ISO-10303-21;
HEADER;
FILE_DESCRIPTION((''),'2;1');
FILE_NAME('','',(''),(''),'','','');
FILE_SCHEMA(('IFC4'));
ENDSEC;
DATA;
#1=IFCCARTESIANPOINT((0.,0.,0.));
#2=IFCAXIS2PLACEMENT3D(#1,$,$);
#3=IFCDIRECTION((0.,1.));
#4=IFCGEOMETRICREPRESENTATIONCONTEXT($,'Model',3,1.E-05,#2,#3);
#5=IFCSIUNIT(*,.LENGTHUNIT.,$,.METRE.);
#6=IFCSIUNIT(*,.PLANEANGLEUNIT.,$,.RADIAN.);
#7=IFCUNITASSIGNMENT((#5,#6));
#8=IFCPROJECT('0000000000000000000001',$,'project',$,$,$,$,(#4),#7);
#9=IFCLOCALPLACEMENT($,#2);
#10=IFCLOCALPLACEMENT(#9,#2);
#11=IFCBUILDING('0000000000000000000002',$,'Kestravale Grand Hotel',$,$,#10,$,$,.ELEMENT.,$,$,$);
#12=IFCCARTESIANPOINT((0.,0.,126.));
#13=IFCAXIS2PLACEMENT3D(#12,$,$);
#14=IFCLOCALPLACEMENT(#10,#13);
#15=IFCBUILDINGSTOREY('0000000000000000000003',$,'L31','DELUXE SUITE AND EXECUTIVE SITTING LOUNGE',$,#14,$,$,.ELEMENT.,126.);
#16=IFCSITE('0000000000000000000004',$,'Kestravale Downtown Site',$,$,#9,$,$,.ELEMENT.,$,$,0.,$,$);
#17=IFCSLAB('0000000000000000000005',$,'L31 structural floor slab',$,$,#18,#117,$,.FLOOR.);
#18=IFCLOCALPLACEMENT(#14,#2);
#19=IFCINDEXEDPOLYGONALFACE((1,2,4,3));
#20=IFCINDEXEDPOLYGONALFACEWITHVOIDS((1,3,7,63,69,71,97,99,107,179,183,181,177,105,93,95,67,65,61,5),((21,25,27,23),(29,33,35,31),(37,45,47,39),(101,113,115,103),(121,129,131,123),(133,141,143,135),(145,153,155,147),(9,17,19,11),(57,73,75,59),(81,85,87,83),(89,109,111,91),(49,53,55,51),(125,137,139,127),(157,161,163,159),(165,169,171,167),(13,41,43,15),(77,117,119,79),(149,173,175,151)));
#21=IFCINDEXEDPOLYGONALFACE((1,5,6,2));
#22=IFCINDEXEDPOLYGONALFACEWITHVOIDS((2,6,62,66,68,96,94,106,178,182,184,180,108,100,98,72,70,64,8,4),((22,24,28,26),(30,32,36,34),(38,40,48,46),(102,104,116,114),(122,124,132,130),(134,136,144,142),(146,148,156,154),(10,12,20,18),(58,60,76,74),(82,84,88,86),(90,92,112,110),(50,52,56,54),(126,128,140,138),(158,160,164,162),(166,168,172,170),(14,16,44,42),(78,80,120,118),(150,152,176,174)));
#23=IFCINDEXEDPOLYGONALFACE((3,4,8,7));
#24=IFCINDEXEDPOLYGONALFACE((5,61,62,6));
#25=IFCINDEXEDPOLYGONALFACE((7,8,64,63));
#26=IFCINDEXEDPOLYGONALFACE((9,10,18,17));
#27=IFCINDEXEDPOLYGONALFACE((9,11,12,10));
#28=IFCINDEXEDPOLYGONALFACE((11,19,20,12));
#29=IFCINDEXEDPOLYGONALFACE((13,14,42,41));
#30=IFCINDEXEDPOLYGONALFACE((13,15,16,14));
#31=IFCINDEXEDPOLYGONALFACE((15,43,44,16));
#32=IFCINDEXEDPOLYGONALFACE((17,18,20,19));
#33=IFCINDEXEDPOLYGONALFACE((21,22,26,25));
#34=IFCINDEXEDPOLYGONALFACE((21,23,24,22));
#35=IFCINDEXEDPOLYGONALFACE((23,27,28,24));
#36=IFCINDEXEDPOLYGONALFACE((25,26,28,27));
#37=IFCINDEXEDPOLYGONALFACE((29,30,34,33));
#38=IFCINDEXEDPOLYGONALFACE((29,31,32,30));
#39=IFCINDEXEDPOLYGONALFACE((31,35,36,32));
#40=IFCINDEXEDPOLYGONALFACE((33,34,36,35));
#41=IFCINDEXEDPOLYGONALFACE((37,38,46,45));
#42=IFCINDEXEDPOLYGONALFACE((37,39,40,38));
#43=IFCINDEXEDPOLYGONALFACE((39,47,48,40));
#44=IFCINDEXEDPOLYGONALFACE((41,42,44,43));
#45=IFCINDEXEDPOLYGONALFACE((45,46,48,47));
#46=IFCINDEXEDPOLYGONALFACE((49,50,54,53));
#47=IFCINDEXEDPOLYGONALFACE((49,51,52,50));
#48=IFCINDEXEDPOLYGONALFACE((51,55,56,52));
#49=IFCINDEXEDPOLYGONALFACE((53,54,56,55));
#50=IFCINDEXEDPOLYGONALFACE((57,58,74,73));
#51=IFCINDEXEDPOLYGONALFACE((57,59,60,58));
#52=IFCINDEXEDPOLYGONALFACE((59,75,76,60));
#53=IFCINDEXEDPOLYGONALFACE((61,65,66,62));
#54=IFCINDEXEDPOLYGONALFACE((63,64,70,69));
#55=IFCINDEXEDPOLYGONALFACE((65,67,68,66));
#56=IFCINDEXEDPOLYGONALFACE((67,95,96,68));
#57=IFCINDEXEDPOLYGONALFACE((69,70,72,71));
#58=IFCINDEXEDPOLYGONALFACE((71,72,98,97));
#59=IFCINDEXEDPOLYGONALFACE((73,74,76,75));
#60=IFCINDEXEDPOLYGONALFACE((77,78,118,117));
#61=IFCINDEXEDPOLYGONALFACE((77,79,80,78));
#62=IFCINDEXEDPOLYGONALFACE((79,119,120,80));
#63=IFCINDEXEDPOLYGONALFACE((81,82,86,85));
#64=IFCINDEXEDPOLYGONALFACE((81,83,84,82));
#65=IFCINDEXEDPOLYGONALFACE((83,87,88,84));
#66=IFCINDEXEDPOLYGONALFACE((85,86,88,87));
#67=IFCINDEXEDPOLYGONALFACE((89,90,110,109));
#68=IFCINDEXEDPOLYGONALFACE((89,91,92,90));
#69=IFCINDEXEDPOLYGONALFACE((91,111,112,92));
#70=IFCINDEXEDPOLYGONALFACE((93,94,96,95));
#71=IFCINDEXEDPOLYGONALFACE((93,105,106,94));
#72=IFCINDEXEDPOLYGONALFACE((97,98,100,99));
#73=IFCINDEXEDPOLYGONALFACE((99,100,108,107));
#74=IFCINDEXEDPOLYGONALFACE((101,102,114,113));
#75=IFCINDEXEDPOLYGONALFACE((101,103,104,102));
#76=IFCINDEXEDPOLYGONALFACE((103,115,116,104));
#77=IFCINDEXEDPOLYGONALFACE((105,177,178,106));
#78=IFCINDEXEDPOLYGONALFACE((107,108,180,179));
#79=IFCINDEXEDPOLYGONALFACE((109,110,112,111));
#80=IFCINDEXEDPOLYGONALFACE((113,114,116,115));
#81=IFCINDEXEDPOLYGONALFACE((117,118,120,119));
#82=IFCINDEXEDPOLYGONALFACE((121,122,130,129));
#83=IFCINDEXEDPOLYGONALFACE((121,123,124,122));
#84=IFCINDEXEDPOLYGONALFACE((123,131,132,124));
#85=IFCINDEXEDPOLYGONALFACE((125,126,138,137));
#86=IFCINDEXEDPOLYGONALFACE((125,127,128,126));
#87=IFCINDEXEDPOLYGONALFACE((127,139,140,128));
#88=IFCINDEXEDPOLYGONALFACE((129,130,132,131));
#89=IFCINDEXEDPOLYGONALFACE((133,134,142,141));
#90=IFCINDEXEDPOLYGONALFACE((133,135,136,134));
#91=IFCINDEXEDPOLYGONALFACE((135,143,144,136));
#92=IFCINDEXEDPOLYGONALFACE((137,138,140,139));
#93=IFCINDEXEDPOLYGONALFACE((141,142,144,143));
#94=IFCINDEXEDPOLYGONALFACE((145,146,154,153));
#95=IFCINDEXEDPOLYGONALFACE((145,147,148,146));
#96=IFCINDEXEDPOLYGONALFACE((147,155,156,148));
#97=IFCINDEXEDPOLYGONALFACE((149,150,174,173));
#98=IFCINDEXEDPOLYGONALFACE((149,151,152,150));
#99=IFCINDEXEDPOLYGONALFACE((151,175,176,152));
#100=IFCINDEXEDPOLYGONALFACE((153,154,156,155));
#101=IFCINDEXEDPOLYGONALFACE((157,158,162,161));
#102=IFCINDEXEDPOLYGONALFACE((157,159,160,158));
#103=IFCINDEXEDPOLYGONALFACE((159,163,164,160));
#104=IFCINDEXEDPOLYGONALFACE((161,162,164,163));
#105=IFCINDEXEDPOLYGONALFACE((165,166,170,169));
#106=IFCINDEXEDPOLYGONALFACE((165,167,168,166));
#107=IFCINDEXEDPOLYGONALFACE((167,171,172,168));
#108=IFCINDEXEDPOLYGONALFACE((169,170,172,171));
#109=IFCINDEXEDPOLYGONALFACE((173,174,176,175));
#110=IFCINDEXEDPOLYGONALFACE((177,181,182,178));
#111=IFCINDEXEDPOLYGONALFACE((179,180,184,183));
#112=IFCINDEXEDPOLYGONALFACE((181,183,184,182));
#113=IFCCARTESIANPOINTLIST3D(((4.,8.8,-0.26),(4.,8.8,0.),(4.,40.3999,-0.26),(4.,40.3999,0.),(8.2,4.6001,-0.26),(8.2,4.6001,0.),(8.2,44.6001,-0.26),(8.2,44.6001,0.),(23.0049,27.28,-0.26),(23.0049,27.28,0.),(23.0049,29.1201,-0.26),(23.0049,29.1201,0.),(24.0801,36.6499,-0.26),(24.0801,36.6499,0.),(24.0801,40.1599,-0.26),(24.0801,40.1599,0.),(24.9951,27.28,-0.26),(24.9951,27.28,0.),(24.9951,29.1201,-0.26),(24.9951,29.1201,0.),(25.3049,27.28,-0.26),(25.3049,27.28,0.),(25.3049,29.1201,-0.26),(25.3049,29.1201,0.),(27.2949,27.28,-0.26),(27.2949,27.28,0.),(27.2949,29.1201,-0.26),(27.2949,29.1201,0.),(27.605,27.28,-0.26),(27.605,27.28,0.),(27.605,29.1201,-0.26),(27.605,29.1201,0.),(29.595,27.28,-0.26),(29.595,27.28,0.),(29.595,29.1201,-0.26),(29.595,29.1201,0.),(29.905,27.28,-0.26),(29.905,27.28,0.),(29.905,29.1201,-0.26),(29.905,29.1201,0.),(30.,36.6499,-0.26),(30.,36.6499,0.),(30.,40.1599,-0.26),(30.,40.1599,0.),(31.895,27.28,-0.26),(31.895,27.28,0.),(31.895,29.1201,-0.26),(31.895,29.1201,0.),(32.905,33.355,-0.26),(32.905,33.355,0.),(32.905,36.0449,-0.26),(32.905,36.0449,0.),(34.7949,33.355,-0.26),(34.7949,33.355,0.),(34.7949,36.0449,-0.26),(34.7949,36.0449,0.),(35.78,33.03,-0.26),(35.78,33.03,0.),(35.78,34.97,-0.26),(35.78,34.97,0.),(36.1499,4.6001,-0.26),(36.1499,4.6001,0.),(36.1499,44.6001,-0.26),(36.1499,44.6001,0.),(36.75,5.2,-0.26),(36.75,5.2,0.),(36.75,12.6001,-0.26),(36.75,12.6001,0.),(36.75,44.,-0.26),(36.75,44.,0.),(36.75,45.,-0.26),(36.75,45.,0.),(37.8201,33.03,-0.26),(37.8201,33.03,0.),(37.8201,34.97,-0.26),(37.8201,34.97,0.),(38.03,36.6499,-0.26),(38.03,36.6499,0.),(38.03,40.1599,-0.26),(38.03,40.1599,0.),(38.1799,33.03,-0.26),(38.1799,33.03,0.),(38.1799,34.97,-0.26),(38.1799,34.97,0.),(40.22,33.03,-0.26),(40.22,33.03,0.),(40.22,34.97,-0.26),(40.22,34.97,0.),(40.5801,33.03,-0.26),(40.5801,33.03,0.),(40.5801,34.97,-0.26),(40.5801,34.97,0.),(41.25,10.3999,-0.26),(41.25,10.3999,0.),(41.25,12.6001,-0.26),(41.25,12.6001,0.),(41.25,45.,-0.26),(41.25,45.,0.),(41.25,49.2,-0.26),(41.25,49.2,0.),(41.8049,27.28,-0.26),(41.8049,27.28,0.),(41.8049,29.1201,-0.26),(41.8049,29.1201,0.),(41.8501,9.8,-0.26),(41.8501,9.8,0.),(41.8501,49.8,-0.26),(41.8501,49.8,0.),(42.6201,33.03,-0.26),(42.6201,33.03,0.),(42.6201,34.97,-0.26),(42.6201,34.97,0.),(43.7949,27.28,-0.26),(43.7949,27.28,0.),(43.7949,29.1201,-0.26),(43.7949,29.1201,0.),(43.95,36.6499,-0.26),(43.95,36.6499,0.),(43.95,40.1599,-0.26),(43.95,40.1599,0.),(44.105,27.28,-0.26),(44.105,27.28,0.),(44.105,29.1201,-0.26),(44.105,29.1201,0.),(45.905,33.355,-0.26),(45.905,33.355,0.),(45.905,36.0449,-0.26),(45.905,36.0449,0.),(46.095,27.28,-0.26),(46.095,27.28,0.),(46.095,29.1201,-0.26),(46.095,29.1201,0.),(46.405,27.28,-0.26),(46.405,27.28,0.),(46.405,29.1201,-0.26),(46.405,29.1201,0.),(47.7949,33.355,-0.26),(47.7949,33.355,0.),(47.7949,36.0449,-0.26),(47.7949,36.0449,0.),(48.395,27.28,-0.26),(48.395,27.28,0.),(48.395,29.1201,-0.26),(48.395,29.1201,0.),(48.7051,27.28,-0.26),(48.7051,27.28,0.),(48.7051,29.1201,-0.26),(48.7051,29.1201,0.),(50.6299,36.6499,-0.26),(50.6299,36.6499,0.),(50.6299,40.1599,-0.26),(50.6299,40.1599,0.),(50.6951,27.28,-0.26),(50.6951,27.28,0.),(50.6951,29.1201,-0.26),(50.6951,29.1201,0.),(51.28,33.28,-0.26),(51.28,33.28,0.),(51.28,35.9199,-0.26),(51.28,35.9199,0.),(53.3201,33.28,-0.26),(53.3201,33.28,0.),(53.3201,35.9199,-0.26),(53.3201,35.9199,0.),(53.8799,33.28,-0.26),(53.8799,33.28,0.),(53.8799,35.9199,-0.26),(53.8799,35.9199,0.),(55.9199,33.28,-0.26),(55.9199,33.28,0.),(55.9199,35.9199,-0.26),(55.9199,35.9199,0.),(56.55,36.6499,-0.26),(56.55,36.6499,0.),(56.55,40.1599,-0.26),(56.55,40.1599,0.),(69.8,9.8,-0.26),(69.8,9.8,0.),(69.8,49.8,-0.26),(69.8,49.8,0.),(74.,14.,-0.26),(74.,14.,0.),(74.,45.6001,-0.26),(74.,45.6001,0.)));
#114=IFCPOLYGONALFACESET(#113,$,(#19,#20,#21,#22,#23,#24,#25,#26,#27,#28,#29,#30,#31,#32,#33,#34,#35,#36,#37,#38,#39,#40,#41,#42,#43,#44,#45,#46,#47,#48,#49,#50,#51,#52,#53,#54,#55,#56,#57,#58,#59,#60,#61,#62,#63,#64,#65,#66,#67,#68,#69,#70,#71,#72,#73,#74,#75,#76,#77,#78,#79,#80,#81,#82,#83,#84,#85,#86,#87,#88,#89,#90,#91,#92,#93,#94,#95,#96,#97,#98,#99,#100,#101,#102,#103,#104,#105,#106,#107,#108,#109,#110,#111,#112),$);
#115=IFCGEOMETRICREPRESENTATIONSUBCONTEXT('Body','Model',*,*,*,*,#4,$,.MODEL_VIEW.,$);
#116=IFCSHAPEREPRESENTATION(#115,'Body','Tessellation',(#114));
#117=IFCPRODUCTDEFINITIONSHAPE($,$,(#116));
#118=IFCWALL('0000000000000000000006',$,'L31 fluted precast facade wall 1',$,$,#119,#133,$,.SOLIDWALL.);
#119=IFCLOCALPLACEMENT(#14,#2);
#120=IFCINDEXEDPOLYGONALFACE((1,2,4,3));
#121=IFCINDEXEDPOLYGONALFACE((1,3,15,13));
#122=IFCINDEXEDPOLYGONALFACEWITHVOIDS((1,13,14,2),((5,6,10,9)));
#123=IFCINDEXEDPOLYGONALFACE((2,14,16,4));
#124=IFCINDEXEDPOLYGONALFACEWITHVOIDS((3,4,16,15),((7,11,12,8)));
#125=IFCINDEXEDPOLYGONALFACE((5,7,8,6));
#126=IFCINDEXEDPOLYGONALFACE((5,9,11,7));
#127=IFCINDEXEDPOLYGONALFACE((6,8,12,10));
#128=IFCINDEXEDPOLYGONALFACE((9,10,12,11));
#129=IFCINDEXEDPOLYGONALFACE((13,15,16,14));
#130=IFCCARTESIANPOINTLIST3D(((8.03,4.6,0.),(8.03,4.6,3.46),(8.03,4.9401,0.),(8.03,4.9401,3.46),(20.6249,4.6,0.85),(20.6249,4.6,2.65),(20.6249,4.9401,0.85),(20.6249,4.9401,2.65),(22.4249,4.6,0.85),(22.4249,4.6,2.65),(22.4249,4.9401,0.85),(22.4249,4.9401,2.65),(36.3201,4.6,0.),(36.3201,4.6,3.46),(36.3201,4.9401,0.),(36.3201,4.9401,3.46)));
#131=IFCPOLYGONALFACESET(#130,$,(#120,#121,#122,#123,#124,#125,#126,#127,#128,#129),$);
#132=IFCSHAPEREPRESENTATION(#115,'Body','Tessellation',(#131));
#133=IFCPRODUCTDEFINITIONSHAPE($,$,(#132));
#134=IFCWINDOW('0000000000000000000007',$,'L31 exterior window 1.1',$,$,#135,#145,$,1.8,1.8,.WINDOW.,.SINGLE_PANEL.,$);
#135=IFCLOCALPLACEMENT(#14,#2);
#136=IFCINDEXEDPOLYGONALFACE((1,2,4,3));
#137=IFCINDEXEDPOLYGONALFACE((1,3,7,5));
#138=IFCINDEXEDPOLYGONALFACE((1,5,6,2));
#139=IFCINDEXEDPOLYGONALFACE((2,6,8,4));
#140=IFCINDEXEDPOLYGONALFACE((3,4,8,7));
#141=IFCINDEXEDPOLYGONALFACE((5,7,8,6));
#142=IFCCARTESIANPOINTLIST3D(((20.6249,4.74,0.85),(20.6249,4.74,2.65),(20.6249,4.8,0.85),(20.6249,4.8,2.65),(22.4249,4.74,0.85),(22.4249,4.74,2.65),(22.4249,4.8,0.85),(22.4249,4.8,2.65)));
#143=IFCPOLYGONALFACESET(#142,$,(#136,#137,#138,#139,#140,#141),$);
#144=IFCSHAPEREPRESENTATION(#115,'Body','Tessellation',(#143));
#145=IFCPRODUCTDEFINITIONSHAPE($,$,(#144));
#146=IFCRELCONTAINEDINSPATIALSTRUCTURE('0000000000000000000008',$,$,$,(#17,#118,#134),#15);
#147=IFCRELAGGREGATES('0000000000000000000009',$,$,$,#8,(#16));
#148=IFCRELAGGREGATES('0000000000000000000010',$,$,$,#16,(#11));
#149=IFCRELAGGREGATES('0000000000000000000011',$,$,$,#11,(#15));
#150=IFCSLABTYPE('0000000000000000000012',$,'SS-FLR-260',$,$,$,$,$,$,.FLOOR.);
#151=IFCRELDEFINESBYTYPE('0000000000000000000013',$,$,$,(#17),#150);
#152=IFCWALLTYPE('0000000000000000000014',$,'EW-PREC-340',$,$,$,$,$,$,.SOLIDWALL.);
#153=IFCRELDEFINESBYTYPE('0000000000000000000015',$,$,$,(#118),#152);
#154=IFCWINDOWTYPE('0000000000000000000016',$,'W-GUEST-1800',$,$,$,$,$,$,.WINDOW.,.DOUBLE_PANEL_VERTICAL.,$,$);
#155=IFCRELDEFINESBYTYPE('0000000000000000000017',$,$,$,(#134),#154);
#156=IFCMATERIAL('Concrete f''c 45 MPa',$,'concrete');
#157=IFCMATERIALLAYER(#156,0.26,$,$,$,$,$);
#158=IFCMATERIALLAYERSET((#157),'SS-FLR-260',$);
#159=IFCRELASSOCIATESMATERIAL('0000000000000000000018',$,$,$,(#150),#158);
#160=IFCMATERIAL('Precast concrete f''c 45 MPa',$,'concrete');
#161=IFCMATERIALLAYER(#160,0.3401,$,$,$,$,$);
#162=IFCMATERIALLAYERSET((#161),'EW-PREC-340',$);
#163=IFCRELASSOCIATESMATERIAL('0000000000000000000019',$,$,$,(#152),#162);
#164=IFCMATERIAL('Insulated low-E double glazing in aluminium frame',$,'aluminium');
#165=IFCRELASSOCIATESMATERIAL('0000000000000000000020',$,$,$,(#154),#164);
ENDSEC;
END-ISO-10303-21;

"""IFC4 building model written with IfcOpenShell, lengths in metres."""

from ifc_helpers import new_model, si_unit, direction, frame, frame_2d, origin, place, context, subcontext, project, spatial, polyline, rectangle, outline, extrude, material, layer, layer_set, type_object, element, fill, save


model = new_model("IFC4")

# Units and contexts
model_context = context("Model", 3, precision=1e-05, world=origin(), true_north=direction((0.0, 1.0)))
body_context = subcontext(model_context, "Body", "Model", "MODEL_VIEW")
ifc_project = project(units=[si_unit("LENGTHUNIT", "METRE"), si_unit("PLANEANGLEUNIT", "RADIAN")], contexts=[model_context])

# Site, building, storey
site_placement = place(None, origin())
site = spatial("IfcSite", under=ifc_project, at=site_placement, Name="Kestravale Downtown Site", CompositionType="ELEMENT", RefElevation=0.0)
building_placement = place(site_placement, origin())
building = spatial("IfcBuilding", under=site, at=building_placement, Name="Kestravale Grand Hotel", CompositionType="ELEMENT")
storey_placement = place(building_placement, frame((0.0, 0.0, 126.0)))
storey = spatial("IfcBuildingStorey", under=building, at=storey_placement, Name="L31", Description="DELUXE SUITE AND EXECUTIVE SITTING LOUNGE", CompositionType="ELEMENT", Elevation=126.0)

# Slab
ifc_material_1 = material(Name="Concrete f'c 45 MPa", Category="concrete")
ifc_layer_1 = layer(ifc_material_1, 0.26)
ifc_layer_set_1 = layer_set([ifc_layer_1], Name="SS-FLR-260")
slab_type_1 = type_object("IfcSlabType", Name="SS-FLR-260", PredefinedType="FLOOR", material=ifc_layer_set_1)
slab_1_placement = place(storey_placement, frame((0.0, 0.0, -0.26)))
element("IfcSlab", 1, at=slab_1_placement, inside=storey, type_object=slab_type_1, Name="L31 structural floor slab", PredefinedType="FLOOR", context=body_context, shape_type="SweptSolid", body=[
    extrude(outline(polyline([(8.2, 4.6001), (36.1499, 4.6001), (36.75, 5.2), (36.75, 12.6001), (41.25, 12.6001), (41.25, 10.3999), (41.8501, 9.8), (69.8, 9.8), (74.0, 14.0), (74.0, 45.6001), (69.8, 49.8), (41.8501, 49.8), (41.25, 49.2), (41.25, 45.0), (36.75, 45.0), (36.75, 44.0), (36.1499, 44.6001), (8.2, 44.6001), (4.0, 40.3999), (4.0, 8.8), (8.2, 4.6001)]), holes=[polyline([(24.0801, 36.6499), (30.0, 36.6499), (30.0, 40.1599), (24.0801, 40.1599), (24.0801, 36.6499)]), polyline([(38.03, 36.6499), (43.95, 36.6499), (43.95, 40.1599), (38.03, 40.1599), (38.03, 36.6499)]), polyline([(50.6299, 36.6499), (56.55, 36.6499), (56.55, 40.1599), (50.6299, 40.1599), (50.6299, 36.6499)]), polyline([(23.0049, 27.28), (24.9951, 27.28), (24.9951, 29.1201), (23.0049, 29.1201), (23.0049, 27.28)]), polyline([(25.3049, 27.28), (27.2949, 27.28), (27.2949, 29.1201), (25.3049, 29.1201), (25.3049, 27.28)]), polyline([(27.605, 27.28), (29.595, 27.28), (29.595, 29.1201), (27.605, 29.1201), (27.605, 27.28)]), polyline([(29.905, 27.28), (31.895, 27.28), (31.895, 29.1201), (29.905, 29.1201), (29.905, 27.28)]), polyline([(41.8049, 27.28), (43.7949, 27.28), (43.7949, 29.1201), (41.8049, 29.1201), (41.8049, 27.28)]), polyline([(44.105, 27.28), (46.095, 27.28), (46.095, 29.1201), (44.105, 29.1201), (44.105, 27.28)]), polyline([(46.405, 27.28), (48.395, 27.28), (48.395, 29.1201), (46.405, 29.1201), (46.405, 27.28)]), polyline([(48.7051, 27.28), (50.6951, 27.28), (50.6951, 29.1201), (48.7051, 29.1201), (48.7051, 27.28)]), polyline([(35.78, 33.03), (37.8201, 33.03), (37.8201, 34.97), (35.78, 34.97), (35.78, 33.03)]), polyline([(38.1799, 33.03), (40.22, 33.03), (40.22, 34.97), (38.1799, 34.97), (38.1799, 33.03)]), polyline([(40.5801, 33.03), (42.6201, 33.03), (42.6201, 34.97), (40.5801, 34.97), (40.5801, 33.03)]), polyline([(32.905, 33.355), (34.7949, 33.355), (34.7949, 36.0449), (32.905, 36.0449), (32.905, 33.355)]), polyline([(45.905, 33.355), (47.7949, 33.355), (47.7949, 36.0449), (45.905, 36.0449), (45.905, 33.355)]), polyline([(51.28, 33.28), (53.3201, 33.28), (53.3201, 35.9199), (51.28, 35.9199), (51.28, 33.28)]), polyline([(53.8799, 33.28), (55.9199, 33.28), (55.9199, 35.9199), (53.8799, 35.9199), (53.8799, 33.28)])]), origin(), (0.0, 0.0, 1.0), 0.26),
])

# Wall, opening, window
ifc_material_2 = material(Name="Precast concrete f'c 45 MPa", Category="concrete")
ifc_layer_2 = layer(ifc_material_2, 0.3401)
ifc_layer_set_2 = layer_set([ifc_layer_2], Name="EW-PREC-340")
wall_type_1 = type_object("IfcWallType", Name="EW-PREC-340", PredefinedType="SOLIDWALL", material=ifc_layer_set_2)
wall_1_placement = place(storey_placement, frame((8.03, 4.77, 0.0), z_axis=(0.0, 0.0, 1.0), x_axis=(1.0, 0.0, 0.0)))
wall_1 = element("IfcWall", 2, at=wall_1_placement, inside=storey, type_object=wall_type_1, Name="L31 fluted precast facade wall 1", PredefinedType="SOLIDWALL", context=body_context, shape_type="SweptSolid", body=[
    extrude(rectangle(XDim=28.29, YDim=0.3401, at=frame_2d((14.145, 0.0))), origin(), (0.0, 0.0, 1.0), 3.46),
])
opening_1_placement = place(wall_1_placement, frame((12.595, 0.0, 0.8501)))
opening_1 = element("IfcOpeningElement", 3, at=opening_1_placement, cuts=wall_1, PredefinedType="OPENING", context=body_context, shape_type="SweptSolid", body=[
    extrude(rectangle(XDim=1.8, YDim=1.8, at=frame_2d((0.8999, 0.8999))), frame((0.0, 0.1799, 0.0), z_axis=(0.0, -1.0, 0.0), x_axis=(1.0, 0.0, 0.0)), (0.0, 0.0, 1.0), 0.3601),
])
ifc_material_3 = material(Name="Insulated low-E double glazing in aluminium frame", Category="aluminium")
window_type = type_object("IfcWindowType", Name="W-GUEST-1800", PartitioningType="DOUBLE_PANEL_VERTICAL", PredefinedType="WINDOW", material=ifc_material_3)
window_1_placement = place(opening_1_placement, origin())
window_1 = element("IfcWindow", 4, at=window_1_placement, inside=storey, type_object=window_type, Name="L31 exterior window 1.1", OverallHeight=1.8, OverallWidth=1.8, PartitioningType="SINGLE_PANEL", PredefinedType="WINDOW", context=body_context, shape_type="SweptSolid", body=[
    extrude(rectangle(XDim=1.8, YDim=1.8, at=frame_2d((0.8999, 0.8999))), frame((0.0, 0.03, 0.0), z_axis=(0.0, -1.0, 0.0), x_axis=(1.0, 0.0, 0.0)), (0.0, 0.0, 1.0), 0.0601),
])
fill(opening_1, window_1)

save(model, "model.ifc")
